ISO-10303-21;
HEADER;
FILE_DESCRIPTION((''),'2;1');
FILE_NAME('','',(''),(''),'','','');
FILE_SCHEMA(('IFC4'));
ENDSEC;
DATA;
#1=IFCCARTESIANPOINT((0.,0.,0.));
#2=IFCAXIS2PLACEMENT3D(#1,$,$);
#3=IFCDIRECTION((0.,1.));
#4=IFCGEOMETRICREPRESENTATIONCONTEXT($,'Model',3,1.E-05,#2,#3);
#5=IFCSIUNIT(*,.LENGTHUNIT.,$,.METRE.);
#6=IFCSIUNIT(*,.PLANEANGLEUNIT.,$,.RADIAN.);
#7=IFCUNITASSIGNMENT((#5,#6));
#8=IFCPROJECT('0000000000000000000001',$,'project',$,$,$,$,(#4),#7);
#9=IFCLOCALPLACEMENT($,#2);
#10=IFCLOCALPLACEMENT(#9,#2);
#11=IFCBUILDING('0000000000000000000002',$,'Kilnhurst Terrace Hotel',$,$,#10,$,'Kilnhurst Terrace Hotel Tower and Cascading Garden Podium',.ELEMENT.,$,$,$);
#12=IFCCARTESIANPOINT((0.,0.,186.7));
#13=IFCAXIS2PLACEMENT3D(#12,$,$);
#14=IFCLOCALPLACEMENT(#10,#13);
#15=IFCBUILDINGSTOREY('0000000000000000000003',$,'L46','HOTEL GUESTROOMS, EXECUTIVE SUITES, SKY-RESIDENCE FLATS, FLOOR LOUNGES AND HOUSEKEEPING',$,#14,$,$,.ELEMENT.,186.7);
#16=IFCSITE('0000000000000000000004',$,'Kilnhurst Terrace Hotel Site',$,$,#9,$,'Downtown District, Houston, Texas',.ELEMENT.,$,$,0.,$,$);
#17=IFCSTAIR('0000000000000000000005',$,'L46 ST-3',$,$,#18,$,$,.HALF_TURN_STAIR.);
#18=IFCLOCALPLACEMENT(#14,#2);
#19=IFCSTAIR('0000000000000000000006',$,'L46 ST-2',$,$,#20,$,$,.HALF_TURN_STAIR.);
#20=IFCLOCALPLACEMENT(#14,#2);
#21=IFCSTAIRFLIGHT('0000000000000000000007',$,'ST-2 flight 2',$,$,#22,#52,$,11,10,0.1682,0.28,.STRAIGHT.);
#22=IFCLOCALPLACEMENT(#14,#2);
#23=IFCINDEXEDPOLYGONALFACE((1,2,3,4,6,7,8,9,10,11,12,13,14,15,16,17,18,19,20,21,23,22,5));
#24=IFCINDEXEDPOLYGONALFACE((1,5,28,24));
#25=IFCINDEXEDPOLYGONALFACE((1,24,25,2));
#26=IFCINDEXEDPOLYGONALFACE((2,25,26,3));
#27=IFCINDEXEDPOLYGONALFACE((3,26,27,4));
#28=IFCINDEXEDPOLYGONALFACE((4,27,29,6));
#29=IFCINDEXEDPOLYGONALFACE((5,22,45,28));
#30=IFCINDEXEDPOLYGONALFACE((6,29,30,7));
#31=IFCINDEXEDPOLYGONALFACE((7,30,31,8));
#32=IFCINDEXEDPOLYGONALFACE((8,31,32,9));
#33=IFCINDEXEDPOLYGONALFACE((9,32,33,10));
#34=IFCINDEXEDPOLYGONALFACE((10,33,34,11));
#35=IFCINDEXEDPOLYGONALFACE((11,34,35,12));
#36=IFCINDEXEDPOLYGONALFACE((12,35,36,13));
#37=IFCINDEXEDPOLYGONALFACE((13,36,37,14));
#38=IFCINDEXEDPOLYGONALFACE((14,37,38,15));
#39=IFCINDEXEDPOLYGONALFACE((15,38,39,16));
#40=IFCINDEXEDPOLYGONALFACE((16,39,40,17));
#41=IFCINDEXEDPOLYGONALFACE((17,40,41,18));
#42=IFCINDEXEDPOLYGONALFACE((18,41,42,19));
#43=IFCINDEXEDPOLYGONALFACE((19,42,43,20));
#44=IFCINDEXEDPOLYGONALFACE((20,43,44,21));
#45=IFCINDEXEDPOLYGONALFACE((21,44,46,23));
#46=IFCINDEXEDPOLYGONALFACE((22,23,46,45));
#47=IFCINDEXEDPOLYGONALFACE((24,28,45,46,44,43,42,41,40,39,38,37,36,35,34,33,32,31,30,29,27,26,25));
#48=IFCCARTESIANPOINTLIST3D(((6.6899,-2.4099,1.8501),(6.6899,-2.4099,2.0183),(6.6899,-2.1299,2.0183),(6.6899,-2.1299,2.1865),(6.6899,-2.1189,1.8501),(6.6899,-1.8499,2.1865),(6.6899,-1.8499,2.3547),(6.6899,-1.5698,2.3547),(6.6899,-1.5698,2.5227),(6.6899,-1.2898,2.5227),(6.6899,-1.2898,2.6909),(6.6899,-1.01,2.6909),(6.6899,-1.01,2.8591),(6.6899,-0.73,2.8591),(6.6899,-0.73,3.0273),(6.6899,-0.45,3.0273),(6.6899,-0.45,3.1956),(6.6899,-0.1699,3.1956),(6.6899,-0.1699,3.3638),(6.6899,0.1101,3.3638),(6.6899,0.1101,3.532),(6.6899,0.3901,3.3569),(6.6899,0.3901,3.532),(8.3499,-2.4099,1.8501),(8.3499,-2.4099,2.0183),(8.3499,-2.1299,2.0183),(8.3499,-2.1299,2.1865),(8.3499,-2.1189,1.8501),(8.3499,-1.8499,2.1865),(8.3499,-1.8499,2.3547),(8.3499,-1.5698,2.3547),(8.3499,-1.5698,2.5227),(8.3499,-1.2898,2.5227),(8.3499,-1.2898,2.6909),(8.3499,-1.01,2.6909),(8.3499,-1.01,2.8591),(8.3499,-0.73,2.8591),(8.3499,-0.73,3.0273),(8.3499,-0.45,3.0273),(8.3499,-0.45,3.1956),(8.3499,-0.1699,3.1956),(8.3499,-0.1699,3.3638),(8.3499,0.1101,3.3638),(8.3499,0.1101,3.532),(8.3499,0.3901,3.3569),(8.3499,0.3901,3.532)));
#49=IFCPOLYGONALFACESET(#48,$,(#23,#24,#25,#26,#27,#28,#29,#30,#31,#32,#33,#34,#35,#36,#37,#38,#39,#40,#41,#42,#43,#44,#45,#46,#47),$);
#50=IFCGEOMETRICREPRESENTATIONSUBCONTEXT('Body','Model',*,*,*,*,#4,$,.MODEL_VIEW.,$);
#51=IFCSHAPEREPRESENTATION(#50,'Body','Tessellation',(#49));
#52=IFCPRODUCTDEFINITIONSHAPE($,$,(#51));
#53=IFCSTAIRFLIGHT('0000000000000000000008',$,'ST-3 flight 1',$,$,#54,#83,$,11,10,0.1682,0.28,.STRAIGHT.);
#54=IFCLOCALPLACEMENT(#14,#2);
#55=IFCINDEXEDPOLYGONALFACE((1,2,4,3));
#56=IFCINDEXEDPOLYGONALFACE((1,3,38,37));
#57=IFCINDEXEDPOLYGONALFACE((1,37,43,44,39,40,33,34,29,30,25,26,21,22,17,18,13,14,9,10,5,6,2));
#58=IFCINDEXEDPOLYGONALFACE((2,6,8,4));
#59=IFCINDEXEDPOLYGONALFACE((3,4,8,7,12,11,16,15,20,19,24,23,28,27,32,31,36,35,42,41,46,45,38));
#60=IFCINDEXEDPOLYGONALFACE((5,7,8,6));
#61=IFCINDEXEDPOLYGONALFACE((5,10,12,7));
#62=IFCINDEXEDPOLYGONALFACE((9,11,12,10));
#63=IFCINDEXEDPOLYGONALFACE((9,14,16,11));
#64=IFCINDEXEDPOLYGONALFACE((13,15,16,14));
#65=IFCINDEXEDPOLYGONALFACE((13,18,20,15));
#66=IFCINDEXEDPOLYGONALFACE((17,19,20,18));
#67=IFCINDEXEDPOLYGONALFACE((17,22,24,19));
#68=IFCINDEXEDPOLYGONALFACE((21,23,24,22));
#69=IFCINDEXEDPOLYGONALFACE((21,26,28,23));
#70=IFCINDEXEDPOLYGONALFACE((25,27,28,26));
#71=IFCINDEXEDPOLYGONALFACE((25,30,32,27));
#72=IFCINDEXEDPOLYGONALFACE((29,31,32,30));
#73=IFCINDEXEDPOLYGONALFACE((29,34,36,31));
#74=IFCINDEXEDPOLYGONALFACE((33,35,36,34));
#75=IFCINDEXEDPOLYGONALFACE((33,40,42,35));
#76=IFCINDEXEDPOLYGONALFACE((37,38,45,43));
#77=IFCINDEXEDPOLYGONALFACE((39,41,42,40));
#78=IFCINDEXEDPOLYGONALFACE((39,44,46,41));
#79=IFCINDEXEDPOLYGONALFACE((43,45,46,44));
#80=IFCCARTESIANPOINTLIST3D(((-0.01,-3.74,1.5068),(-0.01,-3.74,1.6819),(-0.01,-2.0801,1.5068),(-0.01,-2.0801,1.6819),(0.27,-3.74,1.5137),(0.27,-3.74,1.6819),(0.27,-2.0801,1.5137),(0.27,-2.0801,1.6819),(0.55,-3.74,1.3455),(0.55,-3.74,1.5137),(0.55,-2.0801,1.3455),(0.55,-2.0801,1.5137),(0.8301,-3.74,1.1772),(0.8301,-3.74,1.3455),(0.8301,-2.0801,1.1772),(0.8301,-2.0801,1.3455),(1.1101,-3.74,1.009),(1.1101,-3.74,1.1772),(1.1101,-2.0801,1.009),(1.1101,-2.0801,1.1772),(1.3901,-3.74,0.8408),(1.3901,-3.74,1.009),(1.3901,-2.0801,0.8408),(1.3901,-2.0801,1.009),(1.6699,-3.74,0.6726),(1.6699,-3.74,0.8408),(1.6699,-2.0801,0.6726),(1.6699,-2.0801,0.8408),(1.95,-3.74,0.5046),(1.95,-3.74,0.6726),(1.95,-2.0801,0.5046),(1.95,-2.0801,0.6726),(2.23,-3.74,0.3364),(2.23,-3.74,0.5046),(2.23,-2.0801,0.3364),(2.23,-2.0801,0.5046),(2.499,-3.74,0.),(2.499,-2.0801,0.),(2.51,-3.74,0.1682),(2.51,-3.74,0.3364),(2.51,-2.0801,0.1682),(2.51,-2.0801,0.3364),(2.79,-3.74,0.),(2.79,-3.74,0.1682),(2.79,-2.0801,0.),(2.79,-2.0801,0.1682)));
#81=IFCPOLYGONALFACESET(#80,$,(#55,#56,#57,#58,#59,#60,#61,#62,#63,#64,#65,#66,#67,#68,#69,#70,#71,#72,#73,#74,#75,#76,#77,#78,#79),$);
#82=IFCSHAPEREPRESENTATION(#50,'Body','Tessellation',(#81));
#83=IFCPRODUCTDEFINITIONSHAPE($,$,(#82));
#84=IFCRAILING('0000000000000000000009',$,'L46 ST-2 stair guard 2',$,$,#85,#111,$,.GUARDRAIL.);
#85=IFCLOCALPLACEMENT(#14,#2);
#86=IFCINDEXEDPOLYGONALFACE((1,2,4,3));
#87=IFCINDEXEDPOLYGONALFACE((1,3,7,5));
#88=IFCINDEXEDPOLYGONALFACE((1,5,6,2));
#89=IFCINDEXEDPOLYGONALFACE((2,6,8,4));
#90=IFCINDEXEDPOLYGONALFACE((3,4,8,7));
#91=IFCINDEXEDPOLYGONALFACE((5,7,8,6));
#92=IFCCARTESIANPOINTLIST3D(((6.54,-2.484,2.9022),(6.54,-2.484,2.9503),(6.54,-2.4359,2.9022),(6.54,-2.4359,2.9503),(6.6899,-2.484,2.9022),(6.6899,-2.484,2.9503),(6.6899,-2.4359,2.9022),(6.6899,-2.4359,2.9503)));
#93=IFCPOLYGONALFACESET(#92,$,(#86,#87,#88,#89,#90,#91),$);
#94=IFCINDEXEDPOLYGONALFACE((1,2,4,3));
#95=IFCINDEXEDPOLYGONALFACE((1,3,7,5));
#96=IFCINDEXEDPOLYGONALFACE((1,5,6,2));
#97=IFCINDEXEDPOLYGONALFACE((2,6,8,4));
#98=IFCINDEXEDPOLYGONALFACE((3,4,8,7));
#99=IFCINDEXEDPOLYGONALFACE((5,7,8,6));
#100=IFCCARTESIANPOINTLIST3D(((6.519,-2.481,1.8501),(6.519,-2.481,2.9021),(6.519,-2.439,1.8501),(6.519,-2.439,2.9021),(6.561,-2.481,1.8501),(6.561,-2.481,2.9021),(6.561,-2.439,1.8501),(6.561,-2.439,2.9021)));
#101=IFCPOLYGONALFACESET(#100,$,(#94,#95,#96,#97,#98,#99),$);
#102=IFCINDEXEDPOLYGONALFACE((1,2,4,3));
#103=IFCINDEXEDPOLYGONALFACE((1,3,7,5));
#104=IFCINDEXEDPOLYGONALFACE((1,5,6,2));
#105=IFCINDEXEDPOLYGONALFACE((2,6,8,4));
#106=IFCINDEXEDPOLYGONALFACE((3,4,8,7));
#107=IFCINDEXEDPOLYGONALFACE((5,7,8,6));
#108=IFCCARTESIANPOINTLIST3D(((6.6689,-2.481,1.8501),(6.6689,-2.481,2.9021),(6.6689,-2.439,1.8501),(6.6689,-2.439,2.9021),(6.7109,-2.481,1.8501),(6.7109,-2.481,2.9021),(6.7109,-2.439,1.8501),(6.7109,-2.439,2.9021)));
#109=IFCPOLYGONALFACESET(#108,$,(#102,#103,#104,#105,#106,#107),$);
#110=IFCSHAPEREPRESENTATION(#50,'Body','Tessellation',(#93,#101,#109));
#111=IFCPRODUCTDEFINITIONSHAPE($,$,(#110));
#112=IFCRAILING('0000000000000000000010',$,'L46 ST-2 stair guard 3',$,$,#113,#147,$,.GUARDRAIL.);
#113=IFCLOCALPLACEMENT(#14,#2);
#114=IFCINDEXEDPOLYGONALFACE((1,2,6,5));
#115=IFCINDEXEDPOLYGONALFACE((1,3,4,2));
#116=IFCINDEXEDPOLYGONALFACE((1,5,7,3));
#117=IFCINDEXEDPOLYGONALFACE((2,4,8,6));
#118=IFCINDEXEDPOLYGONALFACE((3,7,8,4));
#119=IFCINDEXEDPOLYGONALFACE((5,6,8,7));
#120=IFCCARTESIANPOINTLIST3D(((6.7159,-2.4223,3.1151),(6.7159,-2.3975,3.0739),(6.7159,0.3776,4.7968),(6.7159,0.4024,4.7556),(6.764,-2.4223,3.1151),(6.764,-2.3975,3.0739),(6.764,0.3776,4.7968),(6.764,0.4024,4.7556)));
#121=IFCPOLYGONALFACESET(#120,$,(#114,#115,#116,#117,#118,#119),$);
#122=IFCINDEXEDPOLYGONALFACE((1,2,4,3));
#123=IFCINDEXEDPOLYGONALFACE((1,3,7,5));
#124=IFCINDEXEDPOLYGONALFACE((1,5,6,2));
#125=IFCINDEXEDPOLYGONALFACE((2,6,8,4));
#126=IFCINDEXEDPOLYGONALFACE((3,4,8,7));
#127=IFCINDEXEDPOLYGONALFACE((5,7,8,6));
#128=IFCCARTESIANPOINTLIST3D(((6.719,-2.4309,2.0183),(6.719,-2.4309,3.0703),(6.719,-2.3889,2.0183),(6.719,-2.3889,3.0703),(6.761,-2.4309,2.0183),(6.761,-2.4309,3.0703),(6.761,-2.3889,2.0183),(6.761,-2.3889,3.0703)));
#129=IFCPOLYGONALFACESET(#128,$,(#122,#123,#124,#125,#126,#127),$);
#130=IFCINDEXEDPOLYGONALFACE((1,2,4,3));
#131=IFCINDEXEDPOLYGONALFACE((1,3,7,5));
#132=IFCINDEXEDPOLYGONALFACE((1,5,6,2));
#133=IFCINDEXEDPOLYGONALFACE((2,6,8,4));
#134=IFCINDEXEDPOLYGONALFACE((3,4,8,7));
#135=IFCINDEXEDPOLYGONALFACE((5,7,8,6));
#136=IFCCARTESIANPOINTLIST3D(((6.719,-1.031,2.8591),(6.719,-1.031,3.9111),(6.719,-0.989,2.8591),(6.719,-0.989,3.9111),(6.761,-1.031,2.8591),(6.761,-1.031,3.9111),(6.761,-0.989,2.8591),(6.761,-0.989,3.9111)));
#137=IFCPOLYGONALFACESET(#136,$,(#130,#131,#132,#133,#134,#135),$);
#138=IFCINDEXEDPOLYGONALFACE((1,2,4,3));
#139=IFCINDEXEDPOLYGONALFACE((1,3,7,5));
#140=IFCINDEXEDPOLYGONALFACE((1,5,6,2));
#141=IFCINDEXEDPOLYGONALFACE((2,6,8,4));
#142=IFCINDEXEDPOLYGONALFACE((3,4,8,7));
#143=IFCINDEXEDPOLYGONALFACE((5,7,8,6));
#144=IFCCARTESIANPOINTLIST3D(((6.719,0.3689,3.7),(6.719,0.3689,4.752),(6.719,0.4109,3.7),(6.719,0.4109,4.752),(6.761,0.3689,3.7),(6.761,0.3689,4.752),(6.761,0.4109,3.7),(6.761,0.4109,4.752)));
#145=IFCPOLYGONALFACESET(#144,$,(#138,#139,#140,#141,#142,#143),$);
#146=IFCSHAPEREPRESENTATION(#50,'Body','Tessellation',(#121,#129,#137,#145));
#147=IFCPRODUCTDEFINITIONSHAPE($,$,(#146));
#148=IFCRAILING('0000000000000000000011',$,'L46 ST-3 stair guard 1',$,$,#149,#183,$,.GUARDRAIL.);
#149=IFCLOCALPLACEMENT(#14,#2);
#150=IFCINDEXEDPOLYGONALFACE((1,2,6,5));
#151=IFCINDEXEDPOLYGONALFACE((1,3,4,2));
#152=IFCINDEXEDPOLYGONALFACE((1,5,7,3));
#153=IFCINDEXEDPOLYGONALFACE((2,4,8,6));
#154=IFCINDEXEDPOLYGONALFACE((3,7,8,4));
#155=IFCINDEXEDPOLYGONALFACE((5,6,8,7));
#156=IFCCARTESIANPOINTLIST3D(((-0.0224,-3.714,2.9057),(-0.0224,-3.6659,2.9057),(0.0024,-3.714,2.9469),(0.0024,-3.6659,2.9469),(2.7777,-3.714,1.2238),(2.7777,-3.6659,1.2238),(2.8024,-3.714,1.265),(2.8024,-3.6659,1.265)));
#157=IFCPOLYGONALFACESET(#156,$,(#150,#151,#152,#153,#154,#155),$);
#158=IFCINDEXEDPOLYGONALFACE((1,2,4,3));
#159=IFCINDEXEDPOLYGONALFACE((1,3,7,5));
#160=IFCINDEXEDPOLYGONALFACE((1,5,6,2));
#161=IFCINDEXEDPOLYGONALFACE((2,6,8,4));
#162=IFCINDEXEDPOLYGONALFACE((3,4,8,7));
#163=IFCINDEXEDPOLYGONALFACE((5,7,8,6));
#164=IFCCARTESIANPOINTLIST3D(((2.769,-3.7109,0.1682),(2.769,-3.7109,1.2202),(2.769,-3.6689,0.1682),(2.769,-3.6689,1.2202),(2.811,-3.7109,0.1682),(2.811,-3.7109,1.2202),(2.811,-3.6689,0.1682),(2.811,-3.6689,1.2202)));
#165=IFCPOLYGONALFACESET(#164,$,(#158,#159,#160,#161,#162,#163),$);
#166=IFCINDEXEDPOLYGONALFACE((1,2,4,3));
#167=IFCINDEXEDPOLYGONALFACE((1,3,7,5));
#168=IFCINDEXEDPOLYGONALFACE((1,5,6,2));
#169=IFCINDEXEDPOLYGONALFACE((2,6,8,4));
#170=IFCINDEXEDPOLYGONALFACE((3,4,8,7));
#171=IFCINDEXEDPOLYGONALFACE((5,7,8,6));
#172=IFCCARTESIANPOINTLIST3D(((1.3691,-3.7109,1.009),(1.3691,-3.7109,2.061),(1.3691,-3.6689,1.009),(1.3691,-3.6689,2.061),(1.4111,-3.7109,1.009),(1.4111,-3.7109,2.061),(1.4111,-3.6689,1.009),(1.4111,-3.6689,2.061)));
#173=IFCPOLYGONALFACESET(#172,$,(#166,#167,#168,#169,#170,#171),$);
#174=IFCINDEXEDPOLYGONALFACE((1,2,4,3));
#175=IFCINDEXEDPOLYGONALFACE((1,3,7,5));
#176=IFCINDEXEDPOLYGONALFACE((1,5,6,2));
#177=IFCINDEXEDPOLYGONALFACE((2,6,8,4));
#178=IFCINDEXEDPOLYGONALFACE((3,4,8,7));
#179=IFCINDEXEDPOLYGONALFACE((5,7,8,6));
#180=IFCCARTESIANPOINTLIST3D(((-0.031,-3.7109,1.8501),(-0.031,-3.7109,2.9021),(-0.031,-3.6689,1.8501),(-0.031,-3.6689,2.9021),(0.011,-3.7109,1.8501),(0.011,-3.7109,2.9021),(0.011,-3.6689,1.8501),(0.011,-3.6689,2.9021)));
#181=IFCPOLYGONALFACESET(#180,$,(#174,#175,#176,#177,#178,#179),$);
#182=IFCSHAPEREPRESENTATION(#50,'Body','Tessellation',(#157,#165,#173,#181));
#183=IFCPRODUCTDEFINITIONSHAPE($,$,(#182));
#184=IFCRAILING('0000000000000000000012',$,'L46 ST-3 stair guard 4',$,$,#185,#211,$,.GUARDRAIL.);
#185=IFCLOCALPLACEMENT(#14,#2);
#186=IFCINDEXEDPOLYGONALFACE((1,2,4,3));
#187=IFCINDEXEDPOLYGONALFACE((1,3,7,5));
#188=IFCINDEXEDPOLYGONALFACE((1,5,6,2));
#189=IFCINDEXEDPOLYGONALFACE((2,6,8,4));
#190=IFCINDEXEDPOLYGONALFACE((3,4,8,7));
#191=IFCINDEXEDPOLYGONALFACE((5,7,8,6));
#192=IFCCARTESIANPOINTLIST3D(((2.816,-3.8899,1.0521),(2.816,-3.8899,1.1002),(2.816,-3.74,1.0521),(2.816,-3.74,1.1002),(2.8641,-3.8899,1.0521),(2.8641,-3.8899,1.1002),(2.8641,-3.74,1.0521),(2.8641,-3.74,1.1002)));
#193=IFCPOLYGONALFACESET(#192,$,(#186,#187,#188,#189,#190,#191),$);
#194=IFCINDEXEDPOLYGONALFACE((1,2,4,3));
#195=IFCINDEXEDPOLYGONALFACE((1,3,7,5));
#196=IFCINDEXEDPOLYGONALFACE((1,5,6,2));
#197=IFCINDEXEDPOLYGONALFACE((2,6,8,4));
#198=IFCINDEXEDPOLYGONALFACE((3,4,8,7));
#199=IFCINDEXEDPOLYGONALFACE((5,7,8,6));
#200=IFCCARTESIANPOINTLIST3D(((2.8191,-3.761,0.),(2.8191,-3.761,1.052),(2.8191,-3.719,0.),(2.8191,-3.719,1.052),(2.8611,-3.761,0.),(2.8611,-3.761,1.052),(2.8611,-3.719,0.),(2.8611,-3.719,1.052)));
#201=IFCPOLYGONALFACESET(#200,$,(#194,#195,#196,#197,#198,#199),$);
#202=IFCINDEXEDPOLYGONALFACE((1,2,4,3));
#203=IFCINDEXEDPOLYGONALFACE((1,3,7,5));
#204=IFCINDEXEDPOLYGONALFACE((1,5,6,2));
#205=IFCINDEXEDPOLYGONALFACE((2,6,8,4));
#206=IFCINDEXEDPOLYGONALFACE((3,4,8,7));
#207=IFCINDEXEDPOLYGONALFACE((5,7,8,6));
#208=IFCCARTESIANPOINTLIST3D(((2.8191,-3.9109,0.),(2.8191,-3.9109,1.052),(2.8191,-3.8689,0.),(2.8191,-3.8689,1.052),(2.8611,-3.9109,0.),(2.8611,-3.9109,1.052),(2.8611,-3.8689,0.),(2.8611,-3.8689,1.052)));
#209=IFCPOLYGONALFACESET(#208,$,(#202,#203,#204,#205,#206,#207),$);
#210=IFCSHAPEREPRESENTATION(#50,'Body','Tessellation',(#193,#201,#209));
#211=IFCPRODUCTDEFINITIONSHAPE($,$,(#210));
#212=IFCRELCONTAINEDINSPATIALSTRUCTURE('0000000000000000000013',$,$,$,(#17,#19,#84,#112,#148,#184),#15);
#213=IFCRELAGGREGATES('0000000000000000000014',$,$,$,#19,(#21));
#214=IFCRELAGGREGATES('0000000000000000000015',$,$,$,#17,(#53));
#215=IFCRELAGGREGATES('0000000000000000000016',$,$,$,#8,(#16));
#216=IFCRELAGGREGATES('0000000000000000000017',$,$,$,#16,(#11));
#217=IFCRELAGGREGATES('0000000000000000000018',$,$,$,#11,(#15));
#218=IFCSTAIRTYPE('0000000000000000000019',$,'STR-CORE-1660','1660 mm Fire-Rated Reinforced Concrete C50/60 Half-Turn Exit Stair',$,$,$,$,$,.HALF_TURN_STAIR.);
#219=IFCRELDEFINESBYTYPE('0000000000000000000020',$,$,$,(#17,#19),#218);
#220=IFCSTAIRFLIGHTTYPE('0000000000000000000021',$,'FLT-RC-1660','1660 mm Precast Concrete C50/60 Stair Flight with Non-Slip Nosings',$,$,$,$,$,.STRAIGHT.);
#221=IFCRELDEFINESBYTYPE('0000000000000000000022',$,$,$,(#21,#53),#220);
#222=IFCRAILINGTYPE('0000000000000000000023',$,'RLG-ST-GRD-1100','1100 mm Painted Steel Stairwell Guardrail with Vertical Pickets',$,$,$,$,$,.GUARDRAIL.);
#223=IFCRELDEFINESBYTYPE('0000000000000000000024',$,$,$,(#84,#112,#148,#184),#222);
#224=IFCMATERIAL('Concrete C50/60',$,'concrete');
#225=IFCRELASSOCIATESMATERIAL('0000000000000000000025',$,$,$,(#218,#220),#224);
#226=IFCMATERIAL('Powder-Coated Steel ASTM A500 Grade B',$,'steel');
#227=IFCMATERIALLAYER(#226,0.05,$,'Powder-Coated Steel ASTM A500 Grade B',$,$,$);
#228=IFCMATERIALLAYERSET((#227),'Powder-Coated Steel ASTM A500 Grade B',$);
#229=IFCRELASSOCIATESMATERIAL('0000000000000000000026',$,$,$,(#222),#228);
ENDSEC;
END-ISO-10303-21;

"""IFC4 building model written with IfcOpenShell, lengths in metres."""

from ifc_helpers import new_model, si_unit, direction, frame, origin, origin_2d, place, context, subcontext, project, spatial, polyline, rectangle, outline, extrude, material, layer, layer_set, type_object, element, aggregate, save


model = new_model("IFC4")

# Units and contexts
model_context = context("Model", 3, precision=1e-05, world=origin(), true_north=direction((0.0, 1.0)))
body_context = subcontext(model_context, "Body", "Model", "MODEL_VIEW")
ifc_project = project(units=[si_unit("LENGTHUNIT", "METRE"), si_unit("PLANEANGLEUNIT", "RADIAN")], contexts=[model_context])

# Site, building, storey
site_placement = place(None, origin())
site = spatial("IfcSite", under=ifc_project, at=site_placement, Name="Kilnhurst Terrace Hotel Site", LongName="Downtown District, Houston, Texas", CompositionType="ELEMENT", RefElevation=0.0)
building_placement = place(site_placement, origin())
building = spatial("IfcBuilding", under=site, at=building_placement, Name="Kilnhurst Terrace Hotel", LongName="Kilnhurst Terrace Hotel Tower and Cascading Garden Podium", CompositionType="ELEMENT")
storey_placement = place(building_placement, frame((0.0, 0.0, 186.7)))
storey = spatial("IfcBuildingStorey", under=building, at=storey_placement, Name="L46", Description="HOTEL GUESTROOMS, EXECUTIVE SUITES, SKY-RESIDENCE FLATS, FLOOR LOUNGES AND HOUSEKEEPING", CompositionType="ELEMENT", Elevation=186.7)

# Stair
ifc_material_1 = material(Name="Concrete C50/60", Category="concrete")
stair_type = type_object("IfcStairType", Name="STR-CORE-1660", Description="1660 mm Fire-Rated Reinforced Concrete C50/60 Half-Turn Exit Stair", PredefinedType="HALF_TURN_STAIR", material=ifc_material_1)
stair_1_placement = place(storey_placement, origin())
stair_1 = element("IfcStair", 1, at=stair_1_placement, inside=storey, type_object=stair_type, Name="L46 ST-3", PredefinedType="HALF_TURN_STAIR")

# Stair, stair flight
stair_2_placement = place(storey_placement, origin())
stair_2 = element("IfcStair", 2, at=stair_2_placement, inside=storey, type_object=stair_type, Name="L46 ST-2", PredefinedType="HALF_TURN_STAIR")
stair_flight_type = type_object("IfcStairFlightType", Name="FLT-RC-1660", Description="1660 mm Precast Concrete C50/60 Stair Flight with Non-Slip Nosings", PredefinedType="STRAIGHT", material=ifc_material_1)
stair_flight_1_placement = place(storey_placement, frame((7.52, -2.4099, 1.8501), z_axis=(0.0, 0.0, 1.0), x_axis=(0.0, 1.0, 0.0)))
stair_flight_1 = element("IfcStairFlight", 3, at=stair_flight_1_placement, type_object=stair_flight_type, Name="ST-2 flight 2", NumberOfRisers=11, NumberOfTreads=10, PredefinedType="STRAIGHT", RiserHeight=0.1682, TreadLength=0.28, context=body_context, shape_type="SweptSolid", body=[
    extrude(outline(polyline([(0.0, 0.0), (0.0, 0.1682), (0.28, 0.1682), (0.28, 0.3364), (0.5601, 0.3364), (0.5601, 0.5046), (0.8401, 0.5046), (0.8401, 0.6726), (1.1201, 0.6726), (1.1201, 0.8408), (1.3999, 0.8408), (1.3999, 1.009), (1.6799, 1.009), (1.6799, 1.1772), (1.96, 1.1772), (1.96, 1.3455), (2.24, 1.3455), (2.24, 1.5137), (2.52, 1.5137), (2.52, 1.6819), (2.8, 1.6819), (2.8, 1.8501), (2.8, 1.5068), (0.291, 0.0), (0.0, 0.0)])), frame((0.0, 0.8301, 0.0), z_axis=(0.0, -1.0, 0.0), x_axis=(1.0, 0.0, 0.0)), (0.0, 0.0, 1.0), 1.6599),
])
aggregate(stair_2, [stair_flight_1])

# Stair flight
stair_flight_2_placement = place(storey_placement, frame((2.79, -2.9099, 0.0), z_axis=(0.0, 0.0, 1.0), x_axis=(-1.0, 0.0, 0.0)))
stair_flight_2 = element("IfcStairFlight", 4, at=stair_flight_2_placement, type_object=stair_flight_type, Name="ST-3 flight 1", NumberOfRisers=11, NumberOfTreads=10, PredefinedType="STRAIGHT", RiserHeight=0.1682, TreadLength=0.28, context=body_context, shape_type="SweptSolid", body=[
    extrude(outline(polyline([(0.0, 0.0), (0.0, 0.1682), (0.28, 0.1682), (0.28, 0.3364), (0.5601, 0.3364), (0.5601, 0.5046), (0.8401, 0.5046), (0.8401, 0.6726), (1.1201, 0.6726), (1.1201, 0.8408), (1.3999, 0.8408), (1.3999, 1.009), (1.6799, 1.009), (1.6799, 1.1772), (1.96, 1.1772), (1.96, 1.3455), (2.24, 1.3455), (2.24, 1.5137), (2.52, 1.5137), (2.52, 1.6819), (2.8, 1.6819), (2.8, 1.8501), (2.8, 1.5068), (0.291, 0.0), (0.0, 0.0)])), frame((0.0, 0.8301, 0.0), z_axis=(0.0, -1.0, 0.0), x_axis=(1.0, 0.0, 0.0)), (0.0, 0.0, 1.0), 1.6599),
])
aggregate(stair_1, [stair_flight_2])

# Railings
ifc_material_2 = material(Name="Powder-Coated Steel ASTM A500 Grade B", Category="steel")
ifc_layer_1 = layer(ifc_material_2, 0.05, Name="Powder-Coated Steel ASTM A500 Grade B")
ifc_layer_set_1 = layer_set([ifc_layer_1], Name="Powder-Coated Steel ASTM A500 Grade B")
railing_type_1 = type_object("IfcRailingType", Name="RLG-ST-GRD-1100", Description="1100 mm Painted Steel Stairwell Guardrail with Vertical Pickets", PredefinedType="GUARDRAIL", material=ifc_layer_set_1)
railing_1_placement = place(storey_placement, frame((6.54, -2.46, 1.8501)))
element("IfcRailing", 5, at=railing_1_placement, inside=storey, type_object=railing_type_1, Name="L46 ST-2 stair guard 2", PredefinedType="GUARDRAIL", context=body_context, shape_type="SweptSolid", body=[
    extrude(rectangle(XDim=0.0481, YDim=0.0481, at=origin_2d()), frame((0.0, 0.0, 1.0762), z_axis=(1.0, 0.0, 0.0), x_axis=(0.0, 1.0, 0.0)), (0.0, 0.0, 1.0), 0.1499),
    extrude(rectangle(XDim=0.042, YDim=0.042, at=origin_2d()), origin(), (0.0, 0.0, 1.0), 1.052),
    extrude(rectangle(XDim=0.042, YDim=0.042, at=origin_2d()), frame((0.1499, 0.0, 0.0)), (0.0, 0.0, 1.0), 1.052),
])
railing_2_placement = place(storey_placement, frame((6.74, -2.4099, 2.0183)))
element("IfcRailing", 6, at=railing_2_placement, inside=storey, type_object=railing_type_1, Name="L46 ST-2 stair guard 3", PredefinedType="GUARDRAIL", context=body_context, shape_type="SweptSolid", body=[
    extrude(rectangle(XDim=0.0481, YDim=0.0481, at=origin_2d()), frame((0.0, 0.0, 1.0762), z_axis=(0.0, 0.857255, 0.514891), x_axis=(-1.0, 0.0, 0.0)), (0.0, 0.0, 1.0), 3.2661),
    extrude(rectangle(XDim=0.042, YDim=0.042, at=origin_2d()), origin(), (0.0, 0.0, 1.0), 1.052),
    extrude(rectangle(XDim=0.042, YDim=0.042, at=origin_2d()), frame((0.0, 1.3999, 0.8408)), (0.0, 0.0, 1.0), 1.052),
    extrude(rectangle(XDim=0.042, YDim=0.042, at=origin_2d()), frame((0.0, 2.7998, 1.6816)), (0.0, 0.0, 1.0), 1.052),
])
railing_3_placement = place(storey_placement, frame((2.79, -3.6899, 0.1682)))
element("IfcRailing", 7, at=railing_3_placement, inside=storey, type_object=railing_type_1, Name="L46 ST-3 stair guard 1", PredefinedType="GUARDRAIL", context=body_context, shape_type="SweptSolid", body=[
    extrude(rectangle(XDim=0.0481, YDim=0.0481, at=origin_2d()), frame((0.0, 0.0, 1.0762), z_axis=(-0.857242, 0.0, 0.514913), x_axis=(0.0, -1.0, 0.0)), (0.0, 0.0, 1.0), 3.2664),
    extrude(rectangle(XDim=0.042, YDim=0.042, at=origin_2d()), origin(), (0.0, 0.0, 1.0), 1.052),
    extrude(rectangle(XDim=0.042, YDim=0.042, at=origin_2d()), frame((-1.3999, 0.0, 0.8408)), (0.0, 0.0, 1.0), 1.052),
    extrude(rectangle(XDim=0.042, YDim=0.042, at=origin_2d()), frame((-2.8, 0.0, 1.6819)), (0.0, 0.0, 1.0), 1.052),
])
railing_4_placement = place(storey_placement, frame((2.8401, -3.74, 0.0)))
element("IfcRailing", 8, at=railing_4_placement, inside=storey, type_object=railing_type_1, Name="L46 ST-3 stair guard 4", PredefinedType="GUARDRAIL", context=body_context, shape_type="SweptSolid", body=[
    extrude(rectangle(XDim=0.0481, YDim=0.0481, at=origin_2d()), frame((0.0, 0.0, 1.0762), z_axis=(0.0, -1.0, 0.0), x_axis=(1.0, 0.0, 0.0)), (0.0, 0.0, 1.0), 0.1499),
    extrude(rectangle(XDim=0.042, YDim=0.042, at=origin_2d()), origin(), (0.0, 0.0, 1.0), 1.052),
    extrude(rectangle(XDim=0.042, YDim=0.042, at=origin_2d()), frame((0.0, -0.1499, 0.0)), (0.0, 0.0, 1.0), 1.052),
])

save(model, "model.ifc")
